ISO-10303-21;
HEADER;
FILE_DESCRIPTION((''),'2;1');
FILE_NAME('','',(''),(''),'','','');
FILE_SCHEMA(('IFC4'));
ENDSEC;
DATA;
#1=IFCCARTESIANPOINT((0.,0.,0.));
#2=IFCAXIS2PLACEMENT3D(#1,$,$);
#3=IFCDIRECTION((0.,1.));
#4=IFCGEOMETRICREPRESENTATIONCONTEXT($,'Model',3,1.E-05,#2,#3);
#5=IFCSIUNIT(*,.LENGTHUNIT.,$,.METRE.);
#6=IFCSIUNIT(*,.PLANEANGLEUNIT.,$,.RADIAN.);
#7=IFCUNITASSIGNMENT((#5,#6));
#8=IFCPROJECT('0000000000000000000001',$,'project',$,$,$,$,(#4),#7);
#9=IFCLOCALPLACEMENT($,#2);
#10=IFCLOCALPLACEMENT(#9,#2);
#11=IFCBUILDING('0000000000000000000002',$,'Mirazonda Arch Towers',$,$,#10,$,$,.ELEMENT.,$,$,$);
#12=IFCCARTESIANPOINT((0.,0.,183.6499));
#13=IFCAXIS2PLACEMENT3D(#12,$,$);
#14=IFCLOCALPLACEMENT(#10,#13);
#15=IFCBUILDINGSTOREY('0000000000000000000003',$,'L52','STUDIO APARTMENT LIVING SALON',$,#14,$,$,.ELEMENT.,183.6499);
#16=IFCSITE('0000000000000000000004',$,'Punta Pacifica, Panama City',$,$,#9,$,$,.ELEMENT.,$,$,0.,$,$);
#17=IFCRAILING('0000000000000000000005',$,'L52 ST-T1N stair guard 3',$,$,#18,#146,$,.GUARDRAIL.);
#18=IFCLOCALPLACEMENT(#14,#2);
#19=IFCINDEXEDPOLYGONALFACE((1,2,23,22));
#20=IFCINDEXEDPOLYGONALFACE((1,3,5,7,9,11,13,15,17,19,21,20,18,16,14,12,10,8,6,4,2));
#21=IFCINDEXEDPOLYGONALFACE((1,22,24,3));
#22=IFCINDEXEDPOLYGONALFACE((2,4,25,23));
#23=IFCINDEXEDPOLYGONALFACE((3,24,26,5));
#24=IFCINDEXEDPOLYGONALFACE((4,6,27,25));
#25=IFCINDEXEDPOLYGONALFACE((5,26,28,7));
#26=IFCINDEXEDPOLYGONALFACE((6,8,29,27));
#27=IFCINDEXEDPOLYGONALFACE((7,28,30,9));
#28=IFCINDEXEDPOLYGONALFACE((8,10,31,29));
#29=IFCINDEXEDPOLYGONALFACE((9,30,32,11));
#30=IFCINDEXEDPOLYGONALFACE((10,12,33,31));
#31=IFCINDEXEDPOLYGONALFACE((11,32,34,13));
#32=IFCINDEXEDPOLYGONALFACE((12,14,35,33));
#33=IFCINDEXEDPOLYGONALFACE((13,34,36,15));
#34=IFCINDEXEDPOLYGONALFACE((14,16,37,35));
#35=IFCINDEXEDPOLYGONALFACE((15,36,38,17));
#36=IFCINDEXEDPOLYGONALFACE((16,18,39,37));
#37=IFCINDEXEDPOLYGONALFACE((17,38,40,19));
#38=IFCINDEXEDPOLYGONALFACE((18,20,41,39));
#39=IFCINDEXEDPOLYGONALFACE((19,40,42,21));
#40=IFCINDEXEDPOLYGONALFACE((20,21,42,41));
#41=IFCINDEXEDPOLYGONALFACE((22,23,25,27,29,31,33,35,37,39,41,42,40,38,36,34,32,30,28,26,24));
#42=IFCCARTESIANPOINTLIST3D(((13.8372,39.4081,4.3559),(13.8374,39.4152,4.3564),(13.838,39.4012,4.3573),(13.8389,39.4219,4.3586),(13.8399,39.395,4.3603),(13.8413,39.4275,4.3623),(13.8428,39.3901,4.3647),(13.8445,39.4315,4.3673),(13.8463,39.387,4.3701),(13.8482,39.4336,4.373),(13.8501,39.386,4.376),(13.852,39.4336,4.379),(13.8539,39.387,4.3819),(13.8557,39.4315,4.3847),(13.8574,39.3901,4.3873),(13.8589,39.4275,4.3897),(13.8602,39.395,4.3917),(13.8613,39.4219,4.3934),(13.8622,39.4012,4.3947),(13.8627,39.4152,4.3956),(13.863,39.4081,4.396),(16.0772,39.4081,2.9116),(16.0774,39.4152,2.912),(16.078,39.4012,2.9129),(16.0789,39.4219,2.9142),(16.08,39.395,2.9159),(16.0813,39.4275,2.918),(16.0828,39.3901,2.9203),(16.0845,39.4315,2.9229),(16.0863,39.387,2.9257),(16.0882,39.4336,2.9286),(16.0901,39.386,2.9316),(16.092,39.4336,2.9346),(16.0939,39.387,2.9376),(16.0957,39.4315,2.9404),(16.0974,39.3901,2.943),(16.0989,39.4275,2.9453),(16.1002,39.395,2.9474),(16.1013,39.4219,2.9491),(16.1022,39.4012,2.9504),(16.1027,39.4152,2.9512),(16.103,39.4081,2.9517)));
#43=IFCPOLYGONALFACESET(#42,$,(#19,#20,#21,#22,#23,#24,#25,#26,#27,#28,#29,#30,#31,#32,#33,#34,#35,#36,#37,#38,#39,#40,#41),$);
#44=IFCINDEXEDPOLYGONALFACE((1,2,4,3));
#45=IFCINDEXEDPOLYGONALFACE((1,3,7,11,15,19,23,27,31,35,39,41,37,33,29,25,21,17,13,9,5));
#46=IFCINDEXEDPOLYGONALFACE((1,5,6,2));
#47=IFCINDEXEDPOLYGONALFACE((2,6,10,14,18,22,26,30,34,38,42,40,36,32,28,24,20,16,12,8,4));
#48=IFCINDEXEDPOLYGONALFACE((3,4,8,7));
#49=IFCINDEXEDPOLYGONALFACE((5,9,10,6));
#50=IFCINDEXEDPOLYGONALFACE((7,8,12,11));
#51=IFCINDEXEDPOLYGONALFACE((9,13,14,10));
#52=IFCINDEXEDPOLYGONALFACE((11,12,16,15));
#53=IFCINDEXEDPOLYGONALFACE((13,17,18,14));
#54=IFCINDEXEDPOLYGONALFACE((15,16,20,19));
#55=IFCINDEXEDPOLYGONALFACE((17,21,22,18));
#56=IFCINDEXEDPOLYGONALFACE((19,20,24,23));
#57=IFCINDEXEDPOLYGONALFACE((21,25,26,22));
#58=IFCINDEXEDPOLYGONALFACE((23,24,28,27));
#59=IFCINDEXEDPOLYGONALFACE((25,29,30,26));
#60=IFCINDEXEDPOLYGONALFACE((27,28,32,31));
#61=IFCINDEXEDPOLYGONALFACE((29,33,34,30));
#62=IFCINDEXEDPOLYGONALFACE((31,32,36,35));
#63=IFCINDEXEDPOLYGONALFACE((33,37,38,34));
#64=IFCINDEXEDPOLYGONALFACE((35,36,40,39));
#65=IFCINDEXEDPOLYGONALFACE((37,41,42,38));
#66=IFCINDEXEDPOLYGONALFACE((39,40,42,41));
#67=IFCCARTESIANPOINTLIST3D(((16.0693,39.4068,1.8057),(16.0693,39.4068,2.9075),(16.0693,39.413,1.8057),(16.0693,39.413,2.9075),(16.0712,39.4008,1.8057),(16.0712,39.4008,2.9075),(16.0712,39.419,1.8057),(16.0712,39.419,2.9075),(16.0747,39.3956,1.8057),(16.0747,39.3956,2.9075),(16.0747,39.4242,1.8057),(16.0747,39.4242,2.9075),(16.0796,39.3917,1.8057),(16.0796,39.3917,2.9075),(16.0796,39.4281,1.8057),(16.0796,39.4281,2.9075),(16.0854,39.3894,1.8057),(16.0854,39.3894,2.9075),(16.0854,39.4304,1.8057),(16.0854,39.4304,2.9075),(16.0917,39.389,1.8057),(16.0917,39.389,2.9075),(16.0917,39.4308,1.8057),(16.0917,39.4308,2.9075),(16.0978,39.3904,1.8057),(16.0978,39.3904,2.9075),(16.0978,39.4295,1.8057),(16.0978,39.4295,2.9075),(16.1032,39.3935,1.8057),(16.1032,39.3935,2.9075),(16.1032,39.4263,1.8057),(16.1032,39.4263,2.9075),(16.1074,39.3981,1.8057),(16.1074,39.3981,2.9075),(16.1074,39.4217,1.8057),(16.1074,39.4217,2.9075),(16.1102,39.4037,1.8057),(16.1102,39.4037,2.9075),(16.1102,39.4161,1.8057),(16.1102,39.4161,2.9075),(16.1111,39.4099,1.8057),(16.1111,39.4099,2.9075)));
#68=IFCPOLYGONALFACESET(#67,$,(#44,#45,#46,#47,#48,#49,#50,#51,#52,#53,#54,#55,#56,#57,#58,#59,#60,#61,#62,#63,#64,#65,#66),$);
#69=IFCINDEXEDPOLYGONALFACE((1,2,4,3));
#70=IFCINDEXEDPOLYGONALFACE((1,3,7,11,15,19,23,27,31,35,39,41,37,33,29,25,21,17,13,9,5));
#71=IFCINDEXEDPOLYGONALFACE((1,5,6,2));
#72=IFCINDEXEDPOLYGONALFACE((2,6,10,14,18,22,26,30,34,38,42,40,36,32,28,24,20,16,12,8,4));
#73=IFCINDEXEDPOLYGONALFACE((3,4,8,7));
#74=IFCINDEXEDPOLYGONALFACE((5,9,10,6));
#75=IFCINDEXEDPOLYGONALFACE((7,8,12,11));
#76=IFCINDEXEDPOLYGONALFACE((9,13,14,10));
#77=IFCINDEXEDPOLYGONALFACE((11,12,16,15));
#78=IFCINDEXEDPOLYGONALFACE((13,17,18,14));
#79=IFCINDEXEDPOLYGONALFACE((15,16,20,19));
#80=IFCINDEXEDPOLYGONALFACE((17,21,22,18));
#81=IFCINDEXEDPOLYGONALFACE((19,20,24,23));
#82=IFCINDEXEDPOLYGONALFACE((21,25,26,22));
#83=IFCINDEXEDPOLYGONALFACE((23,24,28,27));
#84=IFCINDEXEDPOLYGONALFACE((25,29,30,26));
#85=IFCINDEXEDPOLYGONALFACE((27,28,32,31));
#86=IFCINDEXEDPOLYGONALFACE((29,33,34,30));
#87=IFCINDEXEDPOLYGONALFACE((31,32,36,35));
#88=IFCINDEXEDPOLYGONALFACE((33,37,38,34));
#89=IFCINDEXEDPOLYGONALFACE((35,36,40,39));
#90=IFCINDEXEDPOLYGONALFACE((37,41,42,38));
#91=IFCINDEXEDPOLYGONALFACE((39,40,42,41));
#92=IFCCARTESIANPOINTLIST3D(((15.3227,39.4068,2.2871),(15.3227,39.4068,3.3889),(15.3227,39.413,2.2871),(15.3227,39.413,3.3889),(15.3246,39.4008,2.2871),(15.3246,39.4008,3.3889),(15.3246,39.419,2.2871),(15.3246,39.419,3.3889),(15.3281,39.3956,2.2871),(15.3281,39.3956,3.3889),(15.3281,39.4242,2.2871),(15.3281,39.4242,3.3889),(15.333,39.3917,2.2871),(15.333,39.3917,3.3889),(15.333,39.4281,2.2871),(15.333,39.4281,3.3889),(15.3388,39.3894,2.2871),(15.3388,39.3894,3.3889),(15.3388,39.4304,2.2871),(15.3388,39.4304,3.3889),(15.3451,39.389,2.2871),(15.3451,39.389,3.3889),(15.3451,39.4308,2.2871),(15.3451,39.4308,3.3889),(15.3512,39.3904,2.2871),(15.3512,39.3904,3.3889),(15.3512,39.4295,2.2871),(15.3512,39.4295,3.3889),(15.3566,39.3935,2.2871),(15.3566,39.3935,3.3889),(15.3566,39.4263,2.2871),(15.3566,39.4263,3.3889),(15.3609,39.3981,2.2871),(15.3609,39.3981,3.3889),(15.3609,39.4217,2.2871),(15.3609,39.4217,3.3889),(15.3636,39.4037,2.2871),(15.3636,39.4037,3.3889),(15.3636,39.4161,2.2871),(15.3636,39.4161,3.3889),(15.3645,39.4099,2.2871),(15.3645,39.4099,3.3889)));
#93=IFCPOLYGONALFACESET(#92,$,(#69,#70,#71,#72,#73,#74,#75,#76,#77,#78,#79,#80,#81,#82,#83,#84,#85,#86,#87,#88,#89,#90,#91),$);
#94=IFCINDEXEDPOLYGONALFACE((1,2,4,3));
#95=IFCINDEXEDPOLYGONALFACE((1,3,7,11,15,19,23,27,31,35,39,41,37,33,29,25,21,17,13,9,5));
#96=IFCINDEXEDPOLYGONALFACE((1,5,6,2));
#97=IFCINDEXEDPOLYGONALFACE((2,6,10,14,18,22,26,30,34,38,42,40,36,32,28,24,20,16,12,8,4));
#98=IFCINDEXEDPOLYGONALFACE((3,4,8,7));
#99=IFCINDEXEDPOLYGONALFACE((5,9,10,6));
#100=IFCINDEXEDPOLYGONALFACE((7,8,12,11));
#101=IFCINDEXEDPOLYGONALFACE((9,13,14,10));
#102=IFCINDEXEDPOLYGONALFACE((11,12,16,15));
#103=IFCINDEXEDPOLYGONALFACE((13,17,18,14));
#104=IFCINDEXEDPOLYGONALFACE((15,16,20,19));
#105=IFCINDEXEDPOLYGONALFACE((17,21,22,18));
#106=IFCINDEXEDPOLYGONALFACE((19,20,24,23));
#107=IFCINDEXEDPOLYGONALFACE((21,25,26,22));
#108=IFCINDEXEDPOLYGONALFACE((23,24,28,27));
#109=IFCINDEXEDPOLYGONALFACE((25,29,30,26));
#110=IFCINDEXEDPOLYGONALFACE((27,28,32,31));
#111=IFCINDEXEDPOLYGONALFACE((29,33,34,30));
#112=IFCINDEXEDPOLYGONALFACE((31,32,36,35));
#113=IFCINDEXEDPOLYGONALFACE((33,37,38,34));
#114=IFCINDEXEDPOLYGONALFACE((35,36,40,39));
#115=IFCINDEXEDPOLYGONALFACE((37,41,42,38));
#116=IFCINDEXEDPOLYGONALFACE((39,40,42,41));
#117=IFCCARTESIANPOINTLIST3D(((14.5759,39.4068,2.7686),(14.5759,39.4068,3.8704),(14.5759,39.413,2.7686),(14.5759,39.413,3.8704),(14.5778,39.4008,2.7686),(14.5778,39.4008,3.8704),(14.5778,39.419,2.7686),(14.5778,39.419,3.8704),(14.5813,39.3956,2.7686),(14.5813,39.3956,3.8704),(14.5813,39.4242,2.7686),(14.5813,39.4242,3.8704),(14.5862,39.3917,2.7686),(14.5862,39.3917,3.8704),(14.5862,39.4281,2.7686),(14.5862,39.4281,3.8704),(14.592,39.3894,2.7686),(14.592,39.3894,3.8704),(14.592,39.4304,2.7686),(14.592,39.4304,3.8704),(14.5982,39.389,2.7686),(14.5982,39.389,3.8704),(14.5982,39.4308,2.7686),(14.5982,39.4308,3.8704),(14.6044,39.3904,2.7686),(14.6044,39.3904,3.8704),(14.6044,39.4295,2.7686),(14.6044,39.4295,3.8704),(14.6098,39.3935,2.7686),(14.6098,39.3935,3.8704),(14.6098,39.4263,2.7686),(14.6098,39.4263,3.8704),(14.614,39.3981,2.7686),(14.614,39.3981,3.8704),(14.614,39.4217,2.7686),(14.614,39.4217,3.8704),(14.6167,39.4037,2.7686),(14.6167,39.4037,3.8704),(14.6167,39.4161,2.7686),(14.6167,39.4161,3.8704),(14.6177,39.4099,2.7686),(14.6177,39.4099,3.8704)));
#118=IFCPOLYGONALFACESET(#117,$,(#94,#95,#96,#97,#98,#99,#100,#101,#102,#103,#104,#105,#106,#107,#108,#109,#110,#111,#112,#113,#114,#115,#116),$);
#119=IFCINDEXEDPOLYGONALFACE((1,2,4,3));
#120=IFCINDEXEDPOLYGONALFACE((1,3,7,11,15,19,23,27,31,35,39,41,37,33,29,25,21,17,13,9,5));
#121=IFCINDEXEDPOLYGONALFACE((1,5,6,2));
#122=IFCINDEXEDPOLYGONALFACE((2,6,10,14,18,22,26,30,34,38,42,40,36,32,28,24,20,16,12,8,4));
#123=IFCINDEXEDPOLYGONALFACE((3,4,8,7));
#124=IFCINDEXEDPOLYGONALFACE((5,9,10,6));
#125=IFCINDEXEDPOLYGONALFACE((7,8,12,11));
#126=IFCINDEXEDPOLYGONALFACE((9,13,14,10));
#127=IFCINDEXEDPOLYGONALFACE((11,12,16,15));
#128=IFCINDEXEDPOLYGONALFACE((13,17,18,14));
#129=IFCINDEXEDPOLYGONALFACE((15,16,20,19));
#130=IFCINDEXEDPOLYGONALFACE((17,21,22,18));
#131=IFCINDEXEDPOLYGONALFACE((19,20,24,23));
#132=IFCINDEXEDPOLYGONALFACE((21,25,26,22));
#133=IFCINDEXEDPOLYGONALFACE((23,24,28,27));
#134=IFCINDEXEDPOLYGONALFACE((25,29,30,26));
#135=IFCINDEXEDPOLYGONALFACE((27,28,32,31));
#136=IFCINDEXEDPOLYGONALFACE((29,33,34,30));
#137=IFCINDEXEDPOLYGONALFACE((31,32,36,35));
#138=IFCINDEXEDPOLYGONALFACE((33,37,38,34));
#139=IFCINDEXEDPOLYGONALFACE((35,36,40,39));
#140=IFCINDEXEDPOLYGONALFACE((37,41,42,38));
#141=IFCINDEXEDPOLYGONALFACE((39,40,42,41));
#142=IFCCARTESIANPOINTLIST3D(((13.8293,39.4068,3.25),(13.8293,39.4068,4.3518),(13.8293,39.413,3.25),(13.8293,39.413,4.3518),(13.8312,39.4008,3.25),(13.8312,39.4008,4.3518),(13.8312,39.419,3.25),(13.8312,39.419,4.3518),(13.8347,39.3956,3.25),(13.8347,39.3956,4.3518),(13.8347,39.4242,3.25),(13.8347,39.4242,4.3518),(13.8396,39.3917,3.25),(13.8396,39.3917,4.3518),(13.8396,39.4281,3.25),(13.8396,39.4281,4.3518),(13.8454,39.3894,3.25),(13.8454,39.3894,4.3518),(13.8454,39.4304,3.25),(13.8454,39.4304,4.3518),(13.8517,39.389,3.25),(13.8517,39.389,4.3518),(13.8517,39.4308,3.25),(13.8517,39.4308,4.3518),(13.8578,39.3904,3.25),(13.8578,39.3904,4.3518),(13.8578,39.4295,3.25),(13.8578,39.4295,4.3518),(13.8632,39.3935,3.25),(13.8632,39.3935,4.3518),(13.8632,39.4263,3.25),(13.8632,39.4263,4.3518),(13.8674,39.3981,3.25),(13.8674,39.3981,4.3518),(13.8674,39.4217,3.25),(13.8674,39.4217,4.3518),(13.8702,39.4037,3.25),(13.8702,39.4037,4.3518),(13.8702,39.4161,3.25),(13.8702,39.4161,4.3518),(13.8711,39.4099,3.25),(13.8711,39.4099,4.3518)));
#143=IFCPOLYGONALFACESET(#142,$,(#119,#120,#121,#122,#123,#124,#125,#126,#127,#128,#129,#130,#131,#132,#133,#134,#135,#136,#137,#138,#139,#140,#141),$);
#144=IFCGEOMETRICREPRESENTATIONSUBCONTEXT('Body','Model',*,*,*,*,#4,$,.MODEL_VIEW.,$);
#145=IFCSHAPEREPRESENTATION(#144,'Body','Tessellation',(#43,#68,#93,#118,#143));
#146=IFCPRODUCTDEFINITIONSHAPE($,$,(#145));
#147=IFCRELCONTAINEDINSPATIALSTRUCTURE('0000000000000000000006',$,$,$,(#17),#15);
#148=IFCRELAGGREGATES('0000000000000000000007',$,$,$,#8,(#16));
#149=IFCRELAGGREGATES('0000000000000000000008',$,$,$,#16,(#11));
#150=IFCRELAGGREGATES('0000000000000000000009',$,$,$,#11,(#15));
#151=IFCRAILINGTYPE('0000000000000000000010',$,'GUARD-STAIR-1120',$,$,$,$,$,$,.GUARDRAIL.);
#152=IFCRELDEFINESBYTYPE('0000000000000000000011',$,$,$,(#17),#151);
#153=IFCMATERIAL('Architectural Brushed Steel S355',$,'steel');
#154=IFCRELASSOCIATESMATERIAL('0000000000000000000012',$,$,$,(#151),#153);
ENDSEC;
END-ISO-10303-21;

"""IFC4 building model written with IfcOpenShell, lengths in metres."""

from ifc_helpers import new_model, si_unit, direction, frame, origin, origin_2d, place, context, subcontext, project, spatial, circle, extrude, material, type_object, element, save


model = new_model("IFC4")

# Units and contexts
model_context = context("Model", 3, precision=1e-05, world=origin(), true_north=direction((0.0, 1.0)))
body_context = subcontext(model_context, "Body", "Model", "MODEL_VIEW")
ifc_project = project(units=[si_unit("LENGTHUNIT", "METRE"), si_unit("PLANEANGLEUNIT", "RADIAN")], contexts=[model_context])

# Site, building, storey
site_placement = place(None, origin())
site = spatial("IfcSite", under=ifc_project, at=site_placement, Name="Punta Pacifica, Panama City", CompositionType="ELEMENT", RefElevation=0.0)
building_placement = place(site_placement, origin())
building = spatial("IfcBuilding", under=site, at=building_placement, Name="Mirazonda Arch Towers", CompositionType="ELEMENT")
storey_placement = place(building_placement, frame((0.0, 0.0, 183.6499)))
storey = spatial("IfcBuildingStorey", under=building, at=storey_placement, Name="L52", Description="STUDIO APARTMENT LIVING SALON", CompositionType="ELEMENT", Elevation=183.6499)

# Railing
ifc_material_1 = material(Name="Architectural Brushed Steel S355", Category="steel")
railing_type_1 = type_object("IfcRailingType", Name="GUARD-STAIR-1120", PredefinedType="GUARDRAIL", material=ifc_material_1)
railing_1_placement = place(storey_placement, frame((16.0901, 39.4099, 1.8057)))
element("IfcRailing", 1, at=railing_1_placement, inside=storey, type_object=railing_type_1, Name="L52 ST-T1N stair guard 3", PredefinedType="GUARDRAIL", context=body_context, shape_type="SweptSolid", body=[
    extrude(circle(Radius=0.0239, at=origin_2d()), frame((0.0, 0.0, 1.126), z_axis=(-0.840437, 0.0, 0.54191), x_axis=(0.0, -1.0, 0.0)), (0.0, 0.0, 1.0), 2.6653),
    extrude(circle(Radius=0.021, at=origin_2d()), origin(), (0.0, 0.0, 1.0), 1.1018),
    extrude(circle(Radius=0.021, at=origin_2d()), frame((-0.7466, 0.0, 0.4814)), (0.0, 0.0, 1.0), 1.1018),
    extrude(circle(Radius=0.021, at=origin_2d()), frame((-1.4934, 0.0, 0.9629)), (0.0, 0.0, 1.0), 1.1018),
    extrude(circle(Radius=0.021, at=origin_2d()), frame((-2.24, 0.0, 1.4443)), (0.0, 0.0, 1.0), 1.1018),
])

save(model, "model.ifc")
